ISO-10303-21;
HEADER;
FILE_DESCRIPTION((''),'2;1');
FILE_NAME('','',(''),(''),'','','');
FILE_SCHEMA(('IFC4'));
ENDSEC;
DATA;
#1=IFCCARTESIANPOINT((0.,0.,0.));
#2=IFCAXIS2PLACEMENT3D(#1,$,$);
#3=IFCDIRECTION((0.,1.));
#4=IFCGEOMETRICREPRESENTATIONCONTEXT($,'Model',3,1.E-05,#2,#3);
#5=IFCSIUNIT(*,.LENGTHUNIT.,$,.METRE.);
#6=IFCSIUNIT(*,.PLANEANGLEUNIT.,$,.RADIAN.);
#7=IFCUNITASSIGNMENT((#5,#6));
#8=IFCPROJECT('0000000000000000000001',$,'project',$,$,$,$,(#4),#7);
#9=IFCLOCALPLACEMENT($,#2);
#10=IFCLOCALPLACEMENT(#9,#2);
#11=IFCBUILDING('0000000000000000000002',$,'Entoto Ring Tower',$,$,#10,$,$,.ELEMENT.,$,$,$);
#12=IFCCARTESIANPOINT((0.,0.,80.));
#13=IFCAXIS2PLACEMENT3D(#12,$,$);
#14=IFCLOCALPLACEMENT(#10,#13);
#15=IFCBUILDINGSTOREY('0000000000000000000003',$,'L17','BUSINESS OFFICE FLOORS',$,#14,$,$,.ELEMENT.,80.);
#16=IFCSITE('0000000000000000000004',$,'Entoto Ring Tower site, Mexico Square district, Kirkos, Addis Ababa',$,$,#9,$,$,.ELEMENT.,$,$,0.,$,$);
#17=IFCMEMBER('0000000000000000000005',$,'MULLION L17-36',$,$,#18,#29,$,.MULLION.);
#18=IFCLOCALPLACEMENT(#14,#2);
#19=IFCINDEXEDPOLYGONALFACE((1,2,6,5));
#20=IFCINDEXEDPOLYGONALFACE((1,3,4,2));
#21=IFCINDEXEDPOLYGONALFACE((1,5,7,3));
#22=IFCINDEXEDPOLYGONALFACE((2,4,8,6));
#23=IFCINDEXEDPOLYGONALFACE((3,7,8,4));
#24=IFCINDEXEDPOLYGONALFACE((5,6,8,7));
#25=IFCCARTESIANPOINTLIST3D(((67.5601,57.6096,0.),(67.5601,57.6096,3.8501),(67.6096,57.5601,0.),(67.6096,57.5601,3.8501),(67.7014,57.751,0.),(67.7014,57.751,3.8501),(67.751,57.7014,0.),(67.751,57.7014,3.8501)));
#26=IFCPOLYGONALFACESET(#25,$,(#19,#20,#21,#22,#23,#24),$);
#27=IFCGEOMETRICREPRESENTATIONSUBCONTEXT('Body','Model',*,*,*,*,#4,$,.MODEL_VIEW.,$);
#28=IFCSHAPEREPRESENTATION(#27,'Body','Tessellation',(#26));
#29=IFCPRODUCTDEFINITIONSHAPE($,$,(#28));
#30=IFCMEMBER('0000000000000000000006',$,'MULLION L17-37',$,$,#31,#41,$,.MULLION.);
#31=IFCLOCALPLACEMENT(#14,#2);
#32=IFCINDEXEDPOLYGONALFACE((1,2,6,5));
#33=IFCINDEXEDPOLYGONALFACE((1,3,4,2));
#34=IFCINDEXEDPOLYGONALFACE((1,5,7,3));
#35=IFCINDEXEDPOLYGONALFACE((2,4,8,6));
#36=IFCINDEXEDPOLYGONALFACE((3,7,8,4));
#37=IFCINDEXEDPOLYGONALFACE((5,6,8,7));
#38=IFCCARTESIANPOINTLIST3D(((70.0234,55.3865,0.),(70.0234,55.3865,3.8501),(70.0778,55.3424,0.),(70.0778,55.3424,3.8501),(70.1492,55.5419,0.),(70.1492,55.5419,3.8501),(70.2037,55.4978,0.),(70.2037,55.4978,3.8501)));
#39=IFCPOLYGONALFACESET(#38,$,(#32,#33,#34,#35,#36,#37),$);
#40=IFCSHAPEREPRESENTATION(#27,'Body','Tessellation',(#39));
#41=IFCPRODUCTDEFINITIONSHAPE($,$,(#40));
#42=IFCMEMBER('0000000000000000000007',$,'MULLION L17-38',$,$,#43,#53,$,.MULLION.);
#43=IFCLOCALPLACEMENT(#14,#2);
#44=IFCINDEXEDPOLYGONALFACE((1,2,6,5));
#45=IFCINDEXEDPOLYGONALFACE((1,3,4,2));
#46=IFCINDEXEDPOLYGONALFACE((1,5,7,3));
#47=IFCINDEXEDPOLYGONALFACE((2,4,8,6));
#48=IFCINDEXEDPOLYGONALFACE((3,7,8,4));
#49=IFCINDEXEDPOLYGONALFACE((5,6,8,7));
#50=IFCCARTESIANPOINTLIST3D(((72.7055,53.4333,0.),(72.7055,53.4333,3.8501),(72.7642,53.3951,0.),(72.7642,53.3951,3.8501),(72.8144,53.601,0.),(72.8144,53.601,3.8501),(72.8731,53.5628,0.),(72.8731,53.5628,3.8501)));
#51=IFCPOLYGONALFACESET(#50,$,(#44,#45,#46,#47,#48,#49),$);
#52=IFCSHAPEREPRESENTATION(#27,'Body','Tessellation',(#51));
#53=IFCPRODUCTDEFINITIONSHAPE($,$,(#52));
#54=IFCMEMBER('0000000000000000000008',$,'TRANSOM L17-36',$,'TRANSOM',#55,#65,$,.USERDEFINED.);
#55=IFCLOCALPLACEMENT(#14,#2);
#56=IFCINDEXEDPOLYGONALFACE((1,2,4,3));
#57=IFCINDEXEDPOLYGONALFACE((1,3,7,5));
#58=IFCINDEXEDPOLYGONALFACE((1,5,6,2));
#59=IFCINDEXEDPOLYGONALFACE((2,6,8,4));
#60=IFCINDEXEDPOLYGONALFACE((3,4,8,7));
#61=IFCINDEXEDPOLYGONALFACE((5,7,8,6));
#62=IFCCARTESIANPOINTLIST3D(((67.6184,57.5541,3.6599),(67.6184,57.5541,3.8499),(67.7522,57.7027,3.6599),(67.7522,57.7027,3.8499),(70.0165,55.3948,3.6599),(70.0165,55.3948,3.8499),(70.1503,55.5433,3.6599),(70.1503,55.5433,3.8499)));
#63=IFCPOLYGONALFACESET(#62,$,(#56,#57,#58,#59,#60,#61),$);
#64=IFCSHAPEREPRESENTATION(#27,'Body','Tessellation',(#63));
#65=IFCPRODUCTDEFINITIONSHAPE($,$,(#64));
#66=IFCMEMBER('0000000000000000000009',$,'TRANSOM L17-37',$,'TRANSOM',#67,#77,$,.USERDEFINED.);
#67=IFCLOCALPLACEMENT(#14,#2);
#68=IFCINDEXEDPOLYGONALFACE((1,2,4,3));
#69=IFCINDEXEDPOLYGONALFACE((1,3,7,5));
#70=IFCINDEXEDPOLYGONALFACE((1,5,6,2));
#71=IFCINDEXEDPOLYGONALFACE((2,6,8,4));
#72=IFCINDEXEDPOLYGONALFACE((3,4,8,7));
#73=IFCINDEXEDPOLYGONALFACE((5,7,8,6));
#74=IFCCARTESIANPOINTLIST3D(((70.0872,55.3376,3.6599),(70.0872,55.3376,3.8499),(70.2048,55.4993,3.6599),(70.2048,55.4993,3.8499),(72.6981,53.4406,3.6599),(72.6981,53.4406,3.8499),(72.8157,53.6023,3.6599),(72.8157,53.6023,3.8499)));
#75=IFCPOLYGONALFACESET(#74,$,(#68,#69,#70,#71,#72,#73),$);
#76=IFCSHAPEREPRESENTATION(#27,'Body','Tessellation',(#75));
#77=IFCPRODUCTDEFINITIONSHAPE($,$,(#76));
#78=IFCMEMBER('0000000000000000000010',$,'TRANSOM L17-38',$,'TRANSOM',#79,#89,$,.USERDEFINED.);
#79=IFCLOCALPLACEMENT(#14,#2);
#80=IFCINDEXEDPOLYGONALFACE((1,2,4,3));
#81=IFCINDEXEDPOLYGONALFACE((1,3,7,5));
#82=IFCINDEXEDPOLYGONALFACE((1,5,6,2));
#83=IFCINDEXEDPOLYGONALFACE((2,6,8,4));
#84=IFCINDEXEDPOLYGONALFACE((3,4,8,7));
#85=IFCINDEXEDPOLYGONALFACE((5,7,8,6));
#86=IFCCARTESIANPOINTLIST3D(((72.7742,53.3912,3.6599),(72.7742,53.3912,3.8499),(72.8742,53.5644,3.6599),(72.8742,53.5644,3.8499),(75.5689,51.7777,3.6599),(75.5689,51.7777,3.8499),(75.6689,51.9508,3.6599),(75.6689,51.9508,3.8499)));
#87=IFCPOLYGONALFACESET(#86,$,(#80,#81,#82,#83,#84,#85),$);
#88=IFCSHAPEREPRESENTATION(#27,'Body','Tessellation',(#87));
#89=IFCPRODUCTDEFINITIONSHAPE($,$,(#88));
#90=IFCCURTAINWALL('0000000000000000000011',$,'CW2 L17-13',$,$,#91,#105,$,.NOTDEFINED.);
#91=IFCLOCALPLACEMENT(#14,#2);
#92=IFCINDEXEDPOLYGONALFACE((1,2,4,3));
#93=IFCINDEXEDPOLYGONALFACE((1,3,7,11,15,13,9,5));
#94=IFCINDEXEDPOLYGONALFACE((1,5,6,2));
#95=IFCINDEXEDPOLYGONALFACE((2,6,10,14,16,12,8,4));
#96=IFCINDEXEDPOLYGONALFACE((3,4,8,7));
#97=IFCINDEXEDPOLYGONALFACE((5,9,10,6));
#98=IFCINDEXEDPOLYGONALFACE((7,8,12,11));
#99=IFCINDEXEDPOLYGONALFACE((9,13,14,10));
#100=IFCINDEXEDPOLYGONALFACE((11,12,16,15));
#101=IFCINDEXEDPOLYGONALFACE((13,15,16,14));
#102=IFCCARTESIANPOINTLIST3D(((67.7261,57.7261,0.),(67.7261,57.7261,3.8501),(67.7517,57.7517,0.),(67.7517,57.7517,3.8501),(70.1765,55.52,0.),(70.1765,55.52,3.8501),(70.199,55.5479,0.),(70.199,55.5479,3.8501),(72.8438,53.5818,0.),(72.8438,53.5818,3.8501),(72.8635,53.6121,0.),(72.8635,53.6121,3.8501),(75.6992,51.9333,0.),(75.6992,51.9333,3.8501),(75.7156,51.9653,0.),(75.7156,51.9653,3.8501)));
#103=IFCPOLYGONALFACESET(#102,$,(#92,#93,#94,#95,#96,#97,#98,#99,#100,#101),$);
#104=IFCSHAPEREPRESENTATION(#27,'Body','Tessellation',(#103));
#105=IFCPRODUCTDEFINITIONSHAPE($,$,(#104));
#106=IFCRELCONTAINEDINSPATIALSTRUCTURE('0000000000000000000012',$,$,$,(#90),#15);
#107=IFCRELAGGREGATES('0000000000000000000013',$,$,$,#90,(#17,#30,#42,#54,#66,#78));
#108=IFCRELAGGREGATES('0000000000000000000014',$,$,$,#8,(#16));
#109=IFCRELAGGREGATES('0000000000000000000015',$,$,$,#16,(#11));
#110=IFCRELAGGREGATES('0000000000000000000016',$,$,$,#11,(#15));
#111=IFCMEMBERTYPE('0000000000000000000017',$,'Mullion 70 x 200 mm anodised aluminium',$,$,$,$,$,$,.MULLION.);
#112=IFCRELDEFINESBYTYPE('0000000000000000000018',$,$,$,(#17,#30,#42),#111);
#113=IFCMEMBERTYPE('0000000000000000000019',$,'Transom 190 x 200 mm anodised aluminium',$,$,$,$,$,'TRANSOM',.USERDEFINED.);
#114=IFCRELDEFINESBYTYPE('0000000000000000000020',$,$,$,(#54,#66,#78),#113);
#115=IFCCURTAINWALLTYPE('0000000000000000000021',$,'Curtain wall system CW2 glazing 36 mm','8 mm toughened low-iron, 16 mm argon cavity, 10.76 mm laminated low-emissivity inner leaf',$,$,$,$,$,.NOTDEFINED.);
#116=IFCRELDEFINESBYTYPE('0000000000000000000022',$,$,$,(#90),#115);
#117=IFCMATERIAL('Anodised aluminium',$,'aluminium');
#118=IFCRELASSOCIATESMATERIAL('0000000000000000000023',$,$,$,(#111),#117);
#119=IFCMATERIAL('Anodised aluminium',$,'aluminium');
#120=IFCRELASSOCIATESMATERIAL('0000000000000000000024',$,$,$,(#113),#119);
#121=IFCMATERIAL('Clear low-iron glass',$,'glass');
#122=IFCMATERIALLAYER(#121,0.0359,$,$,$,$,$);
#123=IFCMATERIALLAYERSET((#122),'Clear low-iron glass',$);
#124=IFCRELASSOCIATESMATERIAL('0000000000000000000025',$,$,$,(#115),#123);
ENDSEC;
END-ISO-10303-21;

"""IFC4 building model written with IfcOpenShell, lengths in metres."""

from ifc_helpers import new_model, si_unit, direction, frame, origin, origin_2d, place, context, subcontext, project, spatial, polyline, rectangle, outline, extrude, material, layer, layer_set, material_profile, profile_set, type_object, element, aggregate, save


model = new_model("IFC4")

# Units and contexts
model_context = context("Model", 3, precision=1e-05, world=origin(), true_north=direction((0.0, 1.0)))
body_context = subcontext(model_context, "Body", "Model", "MODEL_VIEW")
ifc_project = project(units=[si_unit("LENGTHUNIT", "METRE"), si_unit("PLANEANGLEUNIT", "RADIAN")], contexts=[model_context])

# Members
ifc_material_1 = material(Name="Anodised aluminium", Category="aluminium")
ifc_material_profile_1 = material_profile(ifc_material_1, rectangle(XDim=0.0701, YDim=0.2, at=origin_2d()), Name="Mullion 70 x 200 mm anodised aluminium")
ifc_profile_set_1 = profile_set([ifc_material_profile_1], Name="Anodised aluminium")
member_type_1 = type_object("IfcMemberType", Name="Mullion 70 x 200 mm anodised aluminium", PredefinedType="MULLION", material=ifc_profile_set_1)
site_placement = place(None, origin())
building_placement = place(site_placement, origin())
storey_placement = place(building_placement, frame((0.0, 0.0, 80.0)))
member_1_placement = place(storey_placement, frame((67.6555, 57.6555, 0.0), z_axis=(0.0, 0.0, 1.0), x_axis=(0.707107, -0.707107, 0.0)))
member_1 = element("IfcMember", 1, at=member_1_placement, type_object=member_type_1, Name="MULLION L17-36", PredefinedType="MULLION", context=body_context, shape_type="SweptSolid", body=[
    extrude(rectangle(XDim=0.0701, YDim=0.2, at=origin_2d()), origin(), (0.0, 0.0, 1.0), 3.8501),
])
member_2_placement = place(storey_placement, frame((70.1135, 55.4421, 0.0), z_axis=(0.0, 0.0, 1.0), x_axis=(0.777146, -0.62932, 0.0)))
member_2 = element("IfcMember", 2, at=member_2_placement, type_object=member_type_1, Name="MULLION L17-37", PredefinedType="MULLION", context=body_context, shape_type="SweptSolid", body=[
    extrude(rectangle(XDim=0.0701, YDim=0.2, at=origin_2d()), origin(), (0.0, 0.0, 1.0), 3.8501),
])
member_3_placement = place(storey_placement, frame((72.7893, 53.498, 0.0), z_axis=(0.0, 0.0, 1.0), x_axis=(0.838671, -0.544639, 0.0)))
member_3 = element("IfcMember", 3, at=member_3_placement, type_object=member_type_1, Name="MULLION L17-38", PredefinedType="MULLION", context=body_context, shape_type="SweptSolid", body=[
    extrude(rectangle(XDim=0.0701, YDim=0.2, at=origin_2d()), origin(), (0.0, 0.0, 1.0), 3.8501),
])
ifc_material_2 = material(Name="Anodised aluminium", Category="aluminium")
ifc_material_profile_2 = material_profile(ifc_material_2, rectangle(XDim=0.2, YDim=0.1899, at=origin_2d()), Name="Transom 190 x 200 mm anodised aluminium")
ifc_profile_set_2 = profile_set([ifc_material_profile_2], Name="Anodised aluminium")
member_type_2 = type_object("IfcMemberType", Name="Transom 190 x 200 mm anodised aluminium", ElementType="TRANSOM", PredefinedType="USERDEFINED", material=ifc_profile_set_2)
member_4_placement = place(storey_placement, frame((67.6853, 57.6284, 3.7549), z_axis=(0.743132, -0.669144, 0.0), x_axis=(0.669144, 0.743132, 0.0)))
member_4 = element("IfcMember", 4, at=member_4_placement, type_object=member_type_2, Name="TRANSOM L17-36", ObjectType="TRANSOM", PredefinedType="USERDEFINED", context=body_context, shape_type="SweptSolid", body=[
    extrude(rectangle(XDim=0.2, YDim=0.1899, at=origin_2d()), origin(), (0.0, 0.0, 1.0), 3.2271),
])
member_5_placement = place(storey_placement, frame((70.146, 55.4185, 3.7549), z_axis=(0.809004, -0.587803, 0.0), x_axis=(0.587803, 0.809004, 0.0)))
member_5 = element("IfcMember", 5, at=member_5_placement, type_object=member_type_2, Name="TRANSOM L17-37", ObjectType="TRANSOM", PredefinedType="USERDEFINED", context=body_context, shape_type="SweptSolid", body=[
    extrude(rectangle(XDim=0.2, YDim=0.1899, at=origin_2d()), origin(), (0.0, 0.0, 1.0), 3.2273),
])
member_6_placement = place(storey_placement, frame((72.8242, 53.4778, 3.7549), z_axis=(0.866023, -0.500004, 0.0), x_axis=(0.500004, 0.866023, 0.0)))
member_6 = element("IfcMember", 6, at=member_6_placement, type_object=member_type_2, Name="TRANSOM L17-38", ObjectType="TRANSOM", PredefinedType="USERDEFINED", context=body_context, shape_type="SweptSolid", body=[
    extrude(rectangle(XDim=0.2, YDim=0.1899, at=origin_2d()), origin(), (0.0, 0.0, 1.0), 3.2271),
])

# Site, building, storey
site = spatial("IfcSite", under=ifc_project, at=site_placement, Name="Entoto Ring Tower site, Mexico Square district, Kirkos, Addis Ababa", CompositionType="ELEMENT", RefElevation=0.0)
building = spatial("IfcBuilding", under=site, at=building_placement, Name="Entoto Ring Tower", CompositionType="ELEMENT")
storey = spatial("IfcBuildingStorey", under=building, at=storey_placement, Name="L17", Description="BUSINESS OFFICE FLOORS", CompositionType="ELEMENT", Elevation=80.0)

# Curtain wall
ifc_material_3 = material(Name="Clear low-iron glass", Category="glass")
ifc_layer = layer(ifc_material_3, 0.0359)
ifc_layer_set = layer_set([ifc_layer], Name="Clear low-iron glass")
curtain_wall_type = type_object("IfcCurtainWallType", Name="Curtain wall system CW2 glazing 36 mm", Description="8 mm toughened low-iron, 16 mm argon cavity, 10.76 mm laminated low-emissivity inner leaf", PredefinedType="NOTDEFINED", material=ifc_layer_set)
curtain_wall_1_placement = place(storey_placement, origin())
curtain_wall_1 = element("IfcCurtainWall", 7, at=curtain_wall_1_placement, inside=storey, type_object=curtain_wall_type, Name="CW2 L17-13", PredefinedType="NOTDEFINED", context=body_context, shape_type="SweptSolid", body=[
    extrude(outline(polyline([(67.7261, 57.7261), (70.1765, 55.52), (72.8438, 53.5818), (75.6992, 51.9333), (75.7156, 51.9653), (72.8635, 53.6121), (70.199, 55.5479), (67.7517, 57.7517), (67.7261, 57.7261)])), origin(), (0.0, 0.0, 1.0), 3.8501),
])
aggregate(curtain_wall_1, [member_1, member_2, member_3, member_4, member_5, member_6])

save(model, "model.ifc")
